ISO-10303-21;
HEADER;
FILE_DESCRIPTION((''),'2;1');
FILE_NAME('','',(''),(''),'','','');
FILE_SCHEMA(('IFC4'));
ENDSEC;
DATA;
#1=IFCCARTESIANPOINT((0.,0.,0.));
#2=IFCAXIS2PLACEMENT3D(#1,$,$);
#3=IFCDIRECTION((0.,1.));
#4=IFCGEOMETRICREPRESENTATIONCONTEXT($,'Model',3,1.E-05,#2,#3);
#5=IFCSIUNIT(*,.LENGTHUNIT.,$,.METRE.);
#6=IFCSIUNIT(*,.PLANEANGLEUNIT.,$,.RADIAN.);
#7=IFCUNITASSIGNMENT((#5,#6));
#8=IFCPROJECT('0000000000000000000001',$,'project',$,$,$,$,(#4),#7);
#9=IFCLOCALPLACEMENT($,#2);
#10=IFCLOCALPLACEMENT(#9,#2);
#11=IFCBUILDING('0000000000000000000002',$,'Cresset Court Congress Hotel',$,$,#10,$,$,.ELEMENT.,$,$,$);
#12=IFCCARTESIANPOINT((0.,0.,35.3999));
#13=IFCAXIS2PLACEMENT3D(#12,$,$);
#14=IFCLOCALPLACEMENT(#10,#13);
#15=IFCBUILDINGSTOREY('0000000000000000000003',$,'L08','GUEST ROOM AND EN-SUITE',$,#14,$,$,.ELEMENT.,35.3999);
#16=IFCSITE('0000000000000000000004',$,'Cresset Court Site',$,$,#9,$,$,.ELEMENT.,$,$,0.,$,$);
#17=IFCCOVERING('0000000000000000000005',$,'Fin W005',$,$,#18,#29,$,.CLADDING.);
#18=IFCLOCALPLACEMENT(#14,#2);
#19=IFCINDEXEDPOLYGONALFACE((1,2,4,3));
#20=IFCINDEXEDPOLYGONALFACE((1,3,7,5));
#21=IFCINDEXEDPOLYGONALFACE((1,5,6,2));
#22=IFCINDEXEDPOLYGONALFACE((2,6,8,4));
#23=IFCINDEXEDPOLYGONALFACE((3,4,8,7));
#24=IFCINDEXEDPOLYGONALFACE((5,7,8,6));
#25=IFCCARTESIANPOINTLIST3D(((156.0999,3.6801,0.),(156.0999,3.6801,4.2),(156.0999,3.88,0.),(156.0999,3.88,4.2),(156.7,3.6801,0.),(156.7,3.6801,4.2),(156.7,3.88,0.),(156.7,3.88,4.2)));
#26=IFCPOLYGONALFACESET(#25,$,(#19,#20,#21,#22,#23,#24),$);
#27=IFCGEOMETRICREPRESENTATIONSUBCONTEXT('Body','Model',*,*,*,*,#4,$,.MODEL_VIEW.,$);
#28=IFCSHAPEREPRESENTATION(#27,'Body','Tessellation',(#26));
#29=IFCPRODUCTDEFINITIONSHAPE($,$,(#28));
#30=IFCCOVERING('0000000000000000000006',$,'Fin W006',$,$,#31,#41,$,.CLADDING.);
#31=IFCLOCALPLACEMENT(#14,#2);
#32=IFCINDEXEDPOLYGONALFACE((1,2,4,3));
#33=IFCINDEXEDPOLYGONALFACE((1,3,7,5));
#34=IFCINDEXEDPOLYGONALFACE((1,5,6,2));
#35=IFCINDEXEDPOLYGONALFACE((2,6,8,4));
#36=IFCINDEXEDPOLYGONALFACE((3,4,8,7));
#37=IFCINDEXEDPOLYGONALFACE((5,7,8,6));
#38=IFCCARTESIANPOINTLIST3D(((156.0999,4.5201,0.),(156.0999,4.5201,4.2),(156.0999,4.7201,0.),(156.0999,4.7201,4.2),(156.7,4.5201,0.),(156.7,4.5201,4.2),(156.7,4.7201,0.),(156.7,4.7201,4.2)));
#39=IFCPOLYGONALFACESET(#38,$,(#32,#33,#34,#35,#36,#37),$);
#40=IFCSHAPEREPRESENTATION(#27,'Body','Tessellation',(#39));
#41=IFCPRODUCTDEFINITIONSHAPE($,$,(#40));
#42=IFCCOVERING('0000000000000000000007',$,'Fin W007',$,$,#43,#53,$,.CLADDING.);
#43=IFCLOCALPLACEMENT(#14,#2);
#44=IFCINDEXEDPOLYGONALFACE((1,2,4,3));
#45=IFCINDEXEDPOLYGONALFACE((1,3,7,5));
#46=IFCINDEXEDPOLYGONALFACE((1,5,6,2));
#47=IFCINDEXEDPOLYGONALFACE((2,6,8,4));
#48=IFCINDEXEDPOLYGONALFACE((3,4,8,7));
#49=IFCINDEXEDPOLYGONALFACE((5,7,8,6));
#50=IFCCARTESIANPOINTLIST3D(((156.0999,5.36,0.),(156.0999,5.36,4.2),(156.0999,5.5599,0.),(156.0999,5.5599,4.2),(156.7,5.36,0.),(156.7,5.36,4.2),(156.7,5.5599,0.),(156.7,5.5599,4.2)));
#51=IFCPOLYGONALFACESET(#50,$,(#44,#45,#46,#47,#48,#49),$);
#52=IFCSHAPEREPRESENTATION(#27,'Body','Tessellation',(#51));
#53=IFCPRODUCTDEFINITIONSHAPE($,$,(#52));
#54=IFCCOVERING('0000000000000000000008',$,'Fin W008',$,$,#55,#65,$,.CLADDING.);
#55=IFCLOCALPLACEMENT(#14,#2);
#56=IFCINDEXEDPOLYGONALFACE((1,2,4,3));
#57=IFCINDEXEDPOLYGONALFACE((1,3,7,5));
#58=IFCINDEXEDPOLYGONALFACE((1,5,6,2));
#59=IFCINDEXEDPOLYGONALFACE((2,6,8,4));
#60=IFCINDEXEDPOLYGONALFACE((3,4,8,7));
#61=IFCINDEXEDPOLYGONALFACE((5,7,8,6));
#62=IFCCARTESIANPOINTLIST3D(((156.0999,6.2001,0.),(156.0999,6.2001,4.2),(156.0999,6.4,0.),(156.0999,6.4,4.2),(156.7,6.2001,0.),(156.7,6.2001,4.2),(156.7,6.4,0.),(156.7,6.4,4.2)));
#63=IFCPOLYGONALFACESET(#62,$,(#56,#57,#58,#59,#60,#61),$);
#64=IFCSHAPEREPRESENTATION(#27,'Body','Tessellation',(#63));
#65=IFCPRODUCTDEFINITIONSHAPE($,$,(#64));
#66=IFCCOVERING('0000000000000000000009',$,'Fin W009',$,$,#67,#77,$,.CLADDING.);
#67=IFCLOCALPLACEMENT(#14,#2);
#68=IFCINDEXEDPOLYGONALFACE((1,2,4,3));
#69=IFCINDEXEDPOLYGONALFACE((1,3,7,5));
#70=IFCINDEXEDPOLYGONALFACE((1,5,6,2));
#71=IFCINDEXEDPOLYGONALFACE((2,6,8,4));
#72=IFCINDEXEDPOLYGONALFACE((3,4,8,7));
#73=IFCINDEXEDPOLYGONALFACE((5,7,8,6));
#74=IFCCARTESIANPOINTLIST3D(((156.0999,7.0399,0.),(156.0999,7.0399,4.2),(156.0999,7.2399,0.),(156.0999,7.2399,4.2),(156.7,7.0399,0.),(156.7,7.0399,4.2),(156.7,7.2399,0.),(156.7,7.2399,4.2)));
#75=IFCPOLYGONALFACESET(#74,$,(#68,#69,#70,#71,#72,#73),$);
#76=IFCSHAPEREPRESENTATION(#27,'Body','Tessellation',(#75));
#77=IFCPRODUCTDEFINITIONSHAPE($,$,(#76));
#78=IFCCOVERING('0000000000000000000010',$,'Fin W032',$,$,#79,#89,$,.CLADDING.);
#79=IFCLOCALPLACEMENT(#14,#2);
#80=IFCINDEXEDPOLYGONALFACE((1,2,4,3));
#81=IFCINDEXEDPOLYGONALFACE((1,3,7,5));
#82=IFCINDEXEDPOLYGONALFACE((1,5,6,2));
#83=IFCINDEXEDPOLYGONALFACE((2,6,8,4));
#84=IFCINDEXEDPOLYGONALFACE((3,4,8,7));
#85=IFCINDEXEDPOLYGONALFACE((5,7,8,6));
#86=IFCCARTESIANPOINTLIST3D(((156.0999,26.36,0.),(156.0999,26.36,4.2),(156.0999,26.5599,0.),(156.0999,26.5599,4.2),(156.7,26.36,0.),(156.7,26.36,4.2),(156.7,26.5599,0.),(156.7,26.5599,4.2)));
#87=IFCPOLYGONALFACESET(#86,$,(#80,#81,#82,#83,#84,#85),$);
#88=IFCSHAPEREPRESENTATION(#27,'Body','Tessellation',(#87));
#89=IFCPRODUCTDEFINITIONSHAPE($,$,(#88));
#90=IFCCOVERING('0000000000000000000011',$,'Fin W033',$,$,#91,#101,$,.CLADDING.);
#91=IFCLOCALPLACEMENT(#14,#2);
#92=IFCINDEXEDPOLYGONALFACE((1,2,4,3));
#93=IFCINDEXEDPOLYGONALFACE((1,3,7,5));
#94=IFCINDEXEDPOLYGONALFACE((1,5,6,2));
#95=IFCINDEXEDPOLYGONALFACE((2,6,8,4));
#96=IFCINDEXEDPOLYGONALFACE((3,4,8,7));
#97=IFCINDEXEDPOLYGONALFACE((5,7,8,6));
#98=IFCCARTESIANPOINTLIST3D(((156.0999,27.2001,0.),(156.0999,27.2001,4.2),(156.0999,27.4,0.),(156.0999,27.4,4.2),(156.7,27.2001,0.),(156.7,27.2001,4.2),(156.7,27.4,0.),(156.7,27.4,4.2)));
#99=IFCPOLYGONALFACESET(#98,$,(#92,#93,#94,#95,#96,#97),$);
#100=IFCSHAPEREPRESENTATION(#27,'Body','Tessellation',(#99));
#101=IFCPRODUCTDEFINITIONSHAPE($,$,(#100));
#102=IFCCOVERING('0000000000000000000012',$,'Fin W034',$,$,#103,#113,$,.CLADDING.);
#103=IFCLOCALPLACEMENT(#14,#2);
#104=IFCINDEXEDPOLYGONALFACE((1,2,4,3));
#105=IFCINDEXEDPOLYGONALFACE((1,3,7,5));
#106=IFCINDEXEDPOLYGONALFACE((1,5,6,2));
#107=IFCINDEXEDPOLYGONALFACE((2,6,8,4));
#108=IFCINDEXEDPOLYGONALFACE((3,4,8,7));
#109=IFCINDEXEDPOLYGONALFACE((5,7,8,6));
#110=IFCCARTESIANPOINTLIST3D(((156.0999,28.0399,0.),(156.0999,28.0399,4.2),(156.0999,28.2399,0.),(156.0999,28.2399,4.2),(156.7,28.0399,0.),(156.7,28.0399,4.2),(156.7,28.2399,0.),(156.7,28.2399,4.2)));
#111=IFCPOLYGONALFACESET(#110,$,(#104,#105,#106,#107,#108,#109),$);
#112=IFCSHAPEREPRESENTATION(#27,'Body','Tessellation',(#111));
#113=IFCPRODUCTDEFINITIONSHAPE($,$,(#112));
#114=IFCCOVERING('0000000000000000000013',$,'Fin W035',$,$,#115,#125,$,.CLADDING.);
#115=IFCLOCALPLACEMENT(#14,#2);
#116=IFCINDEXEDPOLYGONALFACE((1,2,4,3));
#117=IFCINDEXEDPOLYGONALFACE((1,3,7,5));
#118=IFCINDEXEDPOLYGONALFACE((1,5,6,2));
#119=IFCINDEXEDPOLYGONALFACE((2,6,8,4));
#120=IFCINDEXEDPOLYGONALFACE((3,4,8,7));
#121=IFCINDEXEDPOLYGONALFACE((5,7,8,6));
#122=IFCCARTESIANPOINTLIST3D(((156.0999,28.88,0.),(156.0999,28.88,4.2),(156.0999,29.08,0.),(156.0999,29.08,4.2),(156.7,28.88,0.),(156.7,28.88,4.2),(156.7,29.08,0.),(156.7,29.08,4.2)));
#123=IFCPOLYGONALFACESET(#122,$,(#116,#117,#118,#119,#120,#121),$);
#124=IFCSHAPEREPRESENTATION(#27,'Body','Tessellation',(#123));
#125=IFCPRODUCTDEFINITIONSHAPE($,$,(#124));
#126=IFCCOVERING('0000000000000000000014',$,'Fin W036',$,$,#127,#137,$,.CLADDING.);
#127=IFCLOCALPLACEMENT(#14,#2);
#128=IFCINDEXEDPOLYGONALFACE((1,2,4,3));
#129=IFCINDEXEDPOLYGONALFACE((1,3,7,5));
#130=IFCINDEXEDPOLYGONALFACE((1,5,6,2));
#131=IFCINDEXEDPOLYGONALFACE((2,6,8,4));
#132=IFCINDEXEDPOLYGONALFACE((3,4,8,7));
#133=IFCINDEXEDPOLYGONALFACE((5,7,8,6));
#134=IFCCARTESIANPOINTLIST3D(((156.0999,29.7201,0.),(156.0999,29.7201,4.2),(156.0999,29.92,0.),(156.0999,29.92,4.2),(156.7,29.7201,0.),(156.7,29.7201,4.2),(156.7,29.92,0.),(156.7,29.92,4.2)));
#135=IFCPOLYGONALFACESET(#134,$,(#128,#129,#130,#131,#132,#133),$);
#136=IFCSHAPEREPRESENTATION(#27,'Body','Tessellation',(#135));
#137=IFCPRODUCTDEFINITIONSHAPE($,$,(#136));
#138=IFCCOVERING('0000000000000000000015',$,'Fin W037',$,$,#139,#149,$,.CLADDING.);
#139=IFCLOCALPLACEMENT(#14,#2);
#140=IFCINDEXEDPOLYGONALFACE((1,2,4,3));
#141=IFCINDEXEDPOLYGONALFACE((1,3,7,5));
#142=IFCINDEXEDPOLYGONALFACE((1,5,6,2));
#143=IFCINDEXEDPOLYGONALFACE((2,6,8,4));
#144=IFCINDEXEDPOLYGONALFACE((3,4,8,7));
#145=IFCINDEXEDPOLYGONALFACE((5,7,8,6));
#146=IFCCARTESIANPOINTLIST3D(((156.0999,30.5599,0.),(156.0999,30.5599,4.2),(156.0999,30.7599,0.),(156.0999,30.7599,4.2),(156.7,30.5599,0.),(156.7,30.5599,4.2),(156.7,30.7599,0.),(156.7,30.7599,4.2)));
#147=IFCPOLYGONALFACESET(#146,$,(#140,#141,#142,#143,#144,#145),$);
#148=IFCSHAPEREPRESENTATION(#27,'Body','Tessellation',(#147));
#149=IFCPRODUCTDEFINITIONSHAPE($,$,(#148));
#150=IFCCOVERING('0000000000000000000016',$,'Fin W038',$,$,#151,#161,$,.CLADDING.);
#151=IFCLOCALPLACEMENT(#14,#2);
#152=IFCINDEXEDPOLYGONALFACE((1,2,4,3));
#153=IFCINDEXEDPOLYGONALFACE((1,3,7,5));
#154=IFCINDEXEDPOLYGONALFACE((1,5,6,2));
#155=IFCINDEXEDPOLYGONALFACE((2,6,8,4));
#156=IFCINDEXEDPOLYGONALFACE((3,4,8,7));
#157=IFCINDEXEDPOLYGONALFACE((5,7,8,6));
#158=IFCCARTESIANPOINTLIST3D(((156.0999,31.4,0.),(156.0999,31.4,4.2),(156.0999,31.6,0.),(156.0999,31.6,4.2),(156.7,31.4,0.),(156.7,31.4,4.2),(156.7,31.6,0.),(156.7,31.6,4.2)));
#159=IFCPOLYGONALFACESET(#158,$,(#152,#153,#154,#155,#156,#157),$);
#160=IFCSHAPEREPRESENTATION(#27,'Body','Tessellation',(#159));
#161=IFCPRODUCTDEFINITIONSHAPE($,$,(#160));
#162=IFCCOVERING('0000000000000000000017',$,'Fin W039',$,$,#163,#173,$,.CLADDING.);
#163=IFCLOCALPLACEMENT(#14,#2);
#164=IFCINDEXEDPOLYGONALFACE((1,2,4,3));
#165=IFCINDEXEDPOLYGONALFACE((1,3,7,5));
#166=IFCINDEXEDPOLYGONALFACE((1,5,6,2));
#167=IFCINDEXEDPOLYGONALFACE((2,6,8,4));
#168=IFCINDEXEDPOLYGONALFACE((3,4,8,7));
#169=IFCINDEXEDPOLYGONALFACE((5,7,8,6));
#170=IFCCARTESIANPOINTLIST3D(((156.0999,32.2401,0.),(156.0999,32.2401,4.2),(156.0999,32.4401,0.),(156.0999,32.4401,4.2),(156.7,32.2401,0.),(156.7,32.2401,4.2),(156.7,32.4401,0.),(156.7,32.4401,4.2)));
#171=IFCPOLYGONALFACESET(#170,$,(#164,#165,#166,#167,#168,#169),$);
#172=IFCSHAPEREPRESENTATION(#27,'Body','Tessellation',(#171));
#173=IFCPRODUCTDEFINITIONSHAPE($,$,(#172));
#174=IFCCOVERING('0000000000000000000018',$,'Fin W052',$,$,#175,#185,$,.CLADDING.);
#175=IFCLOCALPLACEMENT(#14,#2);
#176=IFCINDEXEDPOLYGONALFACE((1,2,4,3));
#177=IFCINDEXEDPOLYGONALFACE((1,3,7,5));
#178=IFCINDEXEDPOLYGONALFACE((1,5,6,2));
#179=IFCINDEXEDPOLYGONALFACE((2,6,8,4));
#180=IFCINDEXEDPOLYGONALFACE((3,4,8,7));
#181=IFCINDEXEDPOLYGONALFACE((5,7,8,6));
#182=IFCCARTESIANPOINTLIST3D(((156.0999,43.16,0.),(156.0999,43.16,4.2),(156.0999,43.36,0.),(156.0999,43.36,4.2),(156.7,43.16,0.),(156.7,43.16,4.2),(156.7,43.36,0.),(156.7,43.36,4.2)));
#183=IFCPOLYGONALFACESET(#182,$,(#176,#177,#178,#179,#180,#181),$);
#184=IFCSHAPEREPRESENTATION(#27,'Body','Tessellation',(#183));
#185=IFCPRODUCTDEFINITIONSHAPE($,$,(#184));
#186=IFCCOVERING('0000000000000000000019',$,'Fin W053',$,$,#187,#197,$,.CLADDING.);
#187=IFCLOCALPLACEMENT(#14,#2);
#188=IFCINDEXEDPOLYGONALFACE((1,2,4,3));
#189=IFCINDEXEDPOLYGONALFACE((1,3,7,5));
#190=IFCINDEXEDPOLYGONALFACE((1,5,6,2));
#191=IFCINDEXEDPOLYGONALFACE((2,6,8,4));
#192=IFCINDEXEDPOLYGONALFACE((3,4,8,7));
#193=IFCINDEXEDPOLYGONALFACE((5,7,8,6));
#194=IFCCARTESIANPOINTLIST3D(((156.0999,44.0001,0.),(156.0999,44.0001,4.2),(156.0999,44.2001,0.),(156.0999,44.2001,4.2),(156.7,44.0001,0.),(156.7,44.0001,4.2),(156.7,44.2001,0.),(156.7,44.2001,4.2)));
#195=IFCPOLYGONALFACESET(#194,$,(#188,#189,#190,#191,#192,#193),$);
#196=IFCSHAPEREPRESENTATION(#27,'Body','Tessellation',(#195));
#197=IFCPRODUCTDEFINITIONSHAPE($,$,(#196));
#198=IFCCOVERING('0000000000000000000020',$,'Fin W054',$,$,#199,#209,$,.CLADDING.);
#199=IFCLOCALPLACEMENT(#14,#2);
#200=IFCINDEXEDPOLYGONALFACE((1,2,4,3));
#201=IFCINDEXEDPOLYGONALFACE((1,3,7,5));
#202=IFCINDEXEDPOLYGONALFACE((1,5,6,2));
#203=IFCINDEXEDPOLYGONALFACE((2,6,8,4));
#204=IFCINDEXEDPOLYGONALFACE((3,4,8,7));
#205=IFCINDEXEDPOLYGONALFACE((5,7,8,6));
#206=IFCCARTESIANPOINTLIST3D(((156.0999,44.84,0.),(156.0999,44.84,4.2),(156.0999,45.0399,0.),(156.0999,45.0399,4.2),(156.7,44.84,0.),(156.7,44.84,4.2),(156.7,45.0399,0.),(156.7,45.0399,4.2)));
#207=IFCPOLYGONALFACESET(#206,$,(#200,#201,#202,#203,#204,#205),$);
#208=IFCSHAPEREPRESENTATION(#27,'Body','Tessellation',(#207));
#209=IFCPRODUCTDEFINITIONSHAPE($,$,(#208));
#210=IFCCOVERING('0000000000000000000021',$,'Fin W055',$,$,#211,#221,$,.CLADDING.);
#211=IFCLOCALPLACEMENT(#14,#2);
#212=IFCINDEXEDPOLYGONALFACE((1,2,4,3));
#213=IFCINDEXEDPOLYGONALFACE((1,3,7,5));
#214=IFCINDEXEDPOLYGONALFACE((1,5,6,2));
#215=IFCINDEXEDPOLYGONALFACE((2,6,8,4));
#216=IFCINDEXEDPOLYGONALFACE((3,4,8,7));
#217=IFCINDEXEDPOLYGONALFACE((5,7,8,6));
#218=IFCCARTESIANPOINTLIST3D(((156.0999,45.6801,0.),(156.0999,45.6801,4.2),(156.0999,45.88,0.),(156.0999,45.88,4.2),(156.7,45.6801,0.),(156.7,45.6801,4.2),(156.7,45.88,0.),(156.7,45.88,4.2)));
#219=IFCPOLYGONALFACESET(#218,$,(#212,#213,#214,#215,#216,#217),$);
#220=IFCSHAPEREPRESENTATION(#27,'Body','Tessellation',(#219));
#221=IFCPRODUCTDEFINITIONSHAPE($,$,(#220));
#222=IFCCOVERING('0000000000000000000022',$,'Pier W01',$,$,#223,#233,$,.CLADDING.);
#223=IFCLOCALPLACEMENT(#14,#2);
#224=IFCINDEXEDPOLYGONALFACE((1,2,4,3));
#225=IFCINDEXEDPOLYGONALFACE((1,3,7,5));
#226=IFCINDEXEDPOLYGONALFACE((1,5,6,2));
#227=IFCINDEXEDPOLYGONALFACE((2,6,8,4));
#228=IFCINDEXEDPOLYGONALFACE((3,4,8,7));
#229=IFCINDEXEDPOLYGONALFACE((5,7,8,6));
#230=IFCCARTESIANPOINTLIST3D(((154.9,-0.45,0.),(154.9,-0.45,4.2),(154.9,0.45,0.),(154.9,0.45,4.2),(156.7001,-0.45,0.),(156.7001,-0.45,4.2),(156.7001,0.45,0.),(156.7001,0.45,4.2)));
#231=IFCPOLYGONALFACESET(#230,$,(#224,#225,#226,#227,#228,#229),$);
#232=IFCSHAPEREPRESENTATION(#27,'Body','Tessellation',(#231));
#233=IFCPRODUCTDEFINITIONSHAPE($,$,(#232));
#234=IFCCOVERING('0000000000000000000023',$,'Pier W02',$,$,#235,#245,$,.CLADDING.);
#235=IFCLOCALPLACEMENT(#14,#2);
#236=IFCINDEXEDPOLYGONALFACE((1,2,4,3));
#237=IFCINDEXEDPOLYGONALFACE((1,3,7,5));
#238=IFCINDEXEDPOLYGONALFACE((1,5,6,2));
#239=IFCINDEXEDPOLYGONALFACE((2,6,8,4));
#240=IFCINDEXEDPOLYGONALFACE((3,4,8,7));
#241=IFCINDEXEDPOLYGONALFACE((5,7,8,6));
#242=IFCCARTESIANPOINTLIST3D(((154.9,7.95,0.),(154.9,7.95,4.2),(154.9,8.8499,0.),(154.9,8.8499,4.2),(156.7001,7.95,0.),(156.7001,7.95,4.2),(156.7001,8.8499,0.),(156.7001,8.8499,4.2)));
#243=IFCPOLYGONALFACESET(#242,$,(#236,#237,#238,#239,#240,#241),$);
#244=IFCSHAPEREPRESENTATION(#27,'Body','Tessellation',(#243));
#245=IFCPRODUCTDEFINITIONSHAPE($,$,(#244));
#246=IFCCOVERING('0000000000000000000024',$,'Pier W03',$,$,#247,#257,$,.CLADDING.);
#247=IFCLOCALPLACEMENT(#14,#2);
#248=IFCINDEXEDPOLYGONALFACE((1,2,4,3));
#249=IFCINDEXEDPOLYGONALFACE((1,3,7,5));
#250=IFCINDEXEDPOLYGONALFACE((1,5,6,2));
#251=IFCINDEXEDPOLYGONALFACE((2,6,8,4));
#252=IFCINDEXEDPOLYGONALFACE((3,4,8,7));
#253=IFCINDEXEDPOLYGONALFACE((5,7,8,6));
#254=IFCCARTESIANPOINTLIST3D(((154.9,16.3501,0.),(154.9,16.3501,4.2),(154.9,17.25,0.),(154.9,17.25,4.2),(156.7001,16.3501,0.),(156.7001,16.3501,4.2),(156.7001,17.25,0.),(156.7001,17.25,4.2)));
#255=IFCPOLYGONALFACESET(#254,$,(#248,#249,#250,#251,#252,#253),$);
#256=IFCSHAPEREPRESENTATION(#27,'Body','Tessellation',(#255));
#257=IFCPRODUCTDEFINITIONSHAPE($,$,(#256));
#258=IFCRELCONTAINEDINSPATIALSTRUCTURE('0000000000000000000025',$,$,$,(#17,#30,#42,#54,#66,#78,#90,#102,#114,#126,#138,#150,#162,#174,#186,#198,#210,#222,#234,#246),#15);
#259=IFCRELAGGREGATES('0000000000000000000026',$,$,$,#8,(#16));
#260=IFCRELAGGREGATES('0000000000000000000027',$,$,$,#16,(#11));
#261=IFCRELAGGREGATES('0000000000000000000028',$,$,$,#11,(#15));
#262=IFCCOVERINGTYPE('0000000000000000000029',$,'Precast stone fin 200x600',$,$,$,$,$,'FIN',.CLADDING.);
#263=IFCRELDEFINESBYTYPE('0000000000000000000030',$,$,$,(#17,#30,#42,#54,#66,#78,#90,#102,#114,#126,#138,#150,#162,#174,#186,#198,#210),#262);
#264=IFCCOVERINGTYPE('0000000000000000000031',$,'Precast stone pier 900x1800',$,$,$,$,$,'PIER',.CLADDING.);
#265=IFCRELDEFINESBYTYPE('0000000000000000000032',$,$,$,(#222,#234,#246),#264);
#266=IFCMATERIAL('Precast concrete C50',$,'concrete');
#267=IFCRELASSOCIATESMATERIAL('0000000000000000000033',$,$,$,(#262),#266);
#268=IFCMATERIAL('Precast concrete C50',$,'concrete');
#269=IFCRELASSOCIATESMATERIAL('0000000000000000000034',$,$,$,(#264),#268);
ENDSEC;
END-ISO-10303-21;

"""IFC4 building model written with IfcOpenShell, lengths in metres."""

from ifc_helpers import new_model, si_unit, direction, frame, origin, origin_2d, place, context, subcontext, project, spatial, rectangle, extrude, material, type_object, element, save


model = new_model("IFC4")

# Units and contexts
model_context = context("Model", 3, precision=1e-05, world=origin(), true_north=direction((0.0, 1.0)))
body_context = subcontext(model_context, "Body", "Model", "MODEL_VIEW")
ifc_project = project(units=[si_unit("LENGTHUNIT", "METRE"), si_unit("PLANEANGLEUNIT", "RADIAN")], contexts=[model_context])

# Site, building, storey
site_placement = place(None, origin())
site = spatial("IfcSite", under=ifc_project, at=site_placement, Name="Cresset Court Site", CompositionType="ELEMENT", RefElevation=0.0)
building_placement = place(site_placement, origin())
building = spatial("IfcBuilding", under=site, at=building_placement, Name="Cresset Court Congress Hotel", CompositionType="ELEMENT")
storey_placement = place(building_placement, frame((0.0, 0.0, 35.3999)))
storey = spatial("IfcBuildingStorey", under=building, at=storey_placement, Name="L08", Description="GUEST ROOM AND EN-SUITE", CompositionType="ELEMENT", Elevation=35.3999)

# Coverings
ifc_material_1 = material(Name="Precast concrete C50", Category="concrete")
covering_type_1 = type_object("IfcCoveringType", Name="Precast stone fin 200x600", ElementType="FIN", PredefinedType="CLADDING", material=ifc_material_1)
for number, where, z_axis, x_axis, name in (
    (1, (156.3999, 3.78, 0.0), (0.0, 0.0, 1.0), (1.0, 0.0, 0.0), "Fin W005"),
    (2, (156.3999, 4.6201, 0.0), (0.0, 0.0, 1.0), (1.0, 0.0, 0.0), "Fin W006"),
    (3, (156.3999, 5.46, 0.0), (0.0, 0.0, 1.0), (1.0, 0.0, 0.0), "Fin W007"),
    (4, (156.3999, 6.3, 0.0), (0.0, 0.0, 1.0), (1.0, 0.0, 0.0), "Fin W008"),
    (5, (156.3999, 7.1399, 0.0), (0.0, 0.0, 1.0), (1.0, 0.0, 0.0), "Fin W009"),
    (6, (156.3999, 26.46, 0.0), (0.0, 0.0, 1.0), (1.0, 0.0, 0.0), "Fin W032"),
    (7, (156.3999, 27.3, 0.0), (0.0, 0.0, 1.0), (1.0, 0.0, 0.0), "Fin W033"),
    (8, (156.3999, 28.1399, 0.0), (0.0, 0.0, 1.0), (1.0, 0.0, 0.0), "Fin W034"),
    (9, (156.3999, 28.98, 0.0), (0.0, 0.0, 1.0), (1.0, 0.0, 0.0), "Fin W035"),
    (10, (156.3999, 29.8201, 0.0), (0.0, 0.0, 1.0), (1.0, 0.0, 0.0), "Fin W036"),
    (11, (156.3999, 30.6599, 0.0), (0.0, 0.0, 1.0), (1.0, 0.0, 0.0), "Fin W037"),
    (12, (156.3999, 31.5, 0.0), (0.0, 0.0, 1.0), (1.0, 0.0, 0.0), "Fin W038"),
    (13, (156.3999, 32.3401, 0.0), (0.0, 0.0, 1.0), (1.0, 0.0, 0.0), "Fin W039"),
    (14, (156.3999, 43.26, 0.0), (0.0, 0.0, 1.0), (1.0, 0.0, 0.0), "Fin W052"),
    (15, (156.3999, 44.1001, 0.0), (0.0, 0.0, 1.0), (1.0, 0.0, 0.0), "Fin W053"),
    (16, (156.3999, 44.9399, 0.0), (0.0, 0.0, 1.0), (1.0, 0.0, 0.0), "Fin W054"),
    (17, (156.3999, 45.78, 0.0), (0.0, 0.0, 1.0), (1.0, 0.0, 0.0), "Fin W055"),
):
    element("IfcCovering", number, at=place(storey_placement, frame(where, z_axis=z_axis, x_axis=x_axis)), inside=storey, type_object=covering_type_1, Name=name, PredefinedType="CLADDING", context=body_context, shape_type="SweptSolid", body=[
        extrude(rectangle(XDim=0.6001, YDim=0.2, at=origin_2d()), origin(), (0.0, 0.0, 1.0), 4.2),
    ])
ifc_material_2 = material(Name="Precast concrete C50", Category="concrete")
covering_type_2 = type_object("IfcCoveringType", Name="Precast stone pier 900x1800", ElementType="PIER", PredefinedType="CLADDING", material=ifc_material_2)
for number, where, z_axis, x_axis, name in (
    (18, (155.8, 0.0, 0.0), (0.0, 0.0, 1.0), (1.0, 0.0, 0.0), "Pier W01"),
    (19, (155.8, 8.3999, 0.0), (0.0, 0.0, 1.0), (1.0, 0.0, 0.0), "Pier W02"),
    (20, (155.8, 16.8, 0.0), (0.0, 0.0, 1.0), (1.0, 0.0, 0.0), "Pier W03"),
):
    element("IfcCovering", number, at=place(storey_placement, frame(where, z_axis=z_axis, x_axis=x_axis)), inside=storey, type_object=covering_type_2, Name=name, PredefinedType="CLADDING", context=body_context, shape_type="SweptSolid", body=[
        extrude(rectangle(XDim=1.8, YDim=0.8999, at=origin_2d()), origin(), (0.0, 0.0, 1.0), 4.2),
    ])

save(model, "model.ifc")
